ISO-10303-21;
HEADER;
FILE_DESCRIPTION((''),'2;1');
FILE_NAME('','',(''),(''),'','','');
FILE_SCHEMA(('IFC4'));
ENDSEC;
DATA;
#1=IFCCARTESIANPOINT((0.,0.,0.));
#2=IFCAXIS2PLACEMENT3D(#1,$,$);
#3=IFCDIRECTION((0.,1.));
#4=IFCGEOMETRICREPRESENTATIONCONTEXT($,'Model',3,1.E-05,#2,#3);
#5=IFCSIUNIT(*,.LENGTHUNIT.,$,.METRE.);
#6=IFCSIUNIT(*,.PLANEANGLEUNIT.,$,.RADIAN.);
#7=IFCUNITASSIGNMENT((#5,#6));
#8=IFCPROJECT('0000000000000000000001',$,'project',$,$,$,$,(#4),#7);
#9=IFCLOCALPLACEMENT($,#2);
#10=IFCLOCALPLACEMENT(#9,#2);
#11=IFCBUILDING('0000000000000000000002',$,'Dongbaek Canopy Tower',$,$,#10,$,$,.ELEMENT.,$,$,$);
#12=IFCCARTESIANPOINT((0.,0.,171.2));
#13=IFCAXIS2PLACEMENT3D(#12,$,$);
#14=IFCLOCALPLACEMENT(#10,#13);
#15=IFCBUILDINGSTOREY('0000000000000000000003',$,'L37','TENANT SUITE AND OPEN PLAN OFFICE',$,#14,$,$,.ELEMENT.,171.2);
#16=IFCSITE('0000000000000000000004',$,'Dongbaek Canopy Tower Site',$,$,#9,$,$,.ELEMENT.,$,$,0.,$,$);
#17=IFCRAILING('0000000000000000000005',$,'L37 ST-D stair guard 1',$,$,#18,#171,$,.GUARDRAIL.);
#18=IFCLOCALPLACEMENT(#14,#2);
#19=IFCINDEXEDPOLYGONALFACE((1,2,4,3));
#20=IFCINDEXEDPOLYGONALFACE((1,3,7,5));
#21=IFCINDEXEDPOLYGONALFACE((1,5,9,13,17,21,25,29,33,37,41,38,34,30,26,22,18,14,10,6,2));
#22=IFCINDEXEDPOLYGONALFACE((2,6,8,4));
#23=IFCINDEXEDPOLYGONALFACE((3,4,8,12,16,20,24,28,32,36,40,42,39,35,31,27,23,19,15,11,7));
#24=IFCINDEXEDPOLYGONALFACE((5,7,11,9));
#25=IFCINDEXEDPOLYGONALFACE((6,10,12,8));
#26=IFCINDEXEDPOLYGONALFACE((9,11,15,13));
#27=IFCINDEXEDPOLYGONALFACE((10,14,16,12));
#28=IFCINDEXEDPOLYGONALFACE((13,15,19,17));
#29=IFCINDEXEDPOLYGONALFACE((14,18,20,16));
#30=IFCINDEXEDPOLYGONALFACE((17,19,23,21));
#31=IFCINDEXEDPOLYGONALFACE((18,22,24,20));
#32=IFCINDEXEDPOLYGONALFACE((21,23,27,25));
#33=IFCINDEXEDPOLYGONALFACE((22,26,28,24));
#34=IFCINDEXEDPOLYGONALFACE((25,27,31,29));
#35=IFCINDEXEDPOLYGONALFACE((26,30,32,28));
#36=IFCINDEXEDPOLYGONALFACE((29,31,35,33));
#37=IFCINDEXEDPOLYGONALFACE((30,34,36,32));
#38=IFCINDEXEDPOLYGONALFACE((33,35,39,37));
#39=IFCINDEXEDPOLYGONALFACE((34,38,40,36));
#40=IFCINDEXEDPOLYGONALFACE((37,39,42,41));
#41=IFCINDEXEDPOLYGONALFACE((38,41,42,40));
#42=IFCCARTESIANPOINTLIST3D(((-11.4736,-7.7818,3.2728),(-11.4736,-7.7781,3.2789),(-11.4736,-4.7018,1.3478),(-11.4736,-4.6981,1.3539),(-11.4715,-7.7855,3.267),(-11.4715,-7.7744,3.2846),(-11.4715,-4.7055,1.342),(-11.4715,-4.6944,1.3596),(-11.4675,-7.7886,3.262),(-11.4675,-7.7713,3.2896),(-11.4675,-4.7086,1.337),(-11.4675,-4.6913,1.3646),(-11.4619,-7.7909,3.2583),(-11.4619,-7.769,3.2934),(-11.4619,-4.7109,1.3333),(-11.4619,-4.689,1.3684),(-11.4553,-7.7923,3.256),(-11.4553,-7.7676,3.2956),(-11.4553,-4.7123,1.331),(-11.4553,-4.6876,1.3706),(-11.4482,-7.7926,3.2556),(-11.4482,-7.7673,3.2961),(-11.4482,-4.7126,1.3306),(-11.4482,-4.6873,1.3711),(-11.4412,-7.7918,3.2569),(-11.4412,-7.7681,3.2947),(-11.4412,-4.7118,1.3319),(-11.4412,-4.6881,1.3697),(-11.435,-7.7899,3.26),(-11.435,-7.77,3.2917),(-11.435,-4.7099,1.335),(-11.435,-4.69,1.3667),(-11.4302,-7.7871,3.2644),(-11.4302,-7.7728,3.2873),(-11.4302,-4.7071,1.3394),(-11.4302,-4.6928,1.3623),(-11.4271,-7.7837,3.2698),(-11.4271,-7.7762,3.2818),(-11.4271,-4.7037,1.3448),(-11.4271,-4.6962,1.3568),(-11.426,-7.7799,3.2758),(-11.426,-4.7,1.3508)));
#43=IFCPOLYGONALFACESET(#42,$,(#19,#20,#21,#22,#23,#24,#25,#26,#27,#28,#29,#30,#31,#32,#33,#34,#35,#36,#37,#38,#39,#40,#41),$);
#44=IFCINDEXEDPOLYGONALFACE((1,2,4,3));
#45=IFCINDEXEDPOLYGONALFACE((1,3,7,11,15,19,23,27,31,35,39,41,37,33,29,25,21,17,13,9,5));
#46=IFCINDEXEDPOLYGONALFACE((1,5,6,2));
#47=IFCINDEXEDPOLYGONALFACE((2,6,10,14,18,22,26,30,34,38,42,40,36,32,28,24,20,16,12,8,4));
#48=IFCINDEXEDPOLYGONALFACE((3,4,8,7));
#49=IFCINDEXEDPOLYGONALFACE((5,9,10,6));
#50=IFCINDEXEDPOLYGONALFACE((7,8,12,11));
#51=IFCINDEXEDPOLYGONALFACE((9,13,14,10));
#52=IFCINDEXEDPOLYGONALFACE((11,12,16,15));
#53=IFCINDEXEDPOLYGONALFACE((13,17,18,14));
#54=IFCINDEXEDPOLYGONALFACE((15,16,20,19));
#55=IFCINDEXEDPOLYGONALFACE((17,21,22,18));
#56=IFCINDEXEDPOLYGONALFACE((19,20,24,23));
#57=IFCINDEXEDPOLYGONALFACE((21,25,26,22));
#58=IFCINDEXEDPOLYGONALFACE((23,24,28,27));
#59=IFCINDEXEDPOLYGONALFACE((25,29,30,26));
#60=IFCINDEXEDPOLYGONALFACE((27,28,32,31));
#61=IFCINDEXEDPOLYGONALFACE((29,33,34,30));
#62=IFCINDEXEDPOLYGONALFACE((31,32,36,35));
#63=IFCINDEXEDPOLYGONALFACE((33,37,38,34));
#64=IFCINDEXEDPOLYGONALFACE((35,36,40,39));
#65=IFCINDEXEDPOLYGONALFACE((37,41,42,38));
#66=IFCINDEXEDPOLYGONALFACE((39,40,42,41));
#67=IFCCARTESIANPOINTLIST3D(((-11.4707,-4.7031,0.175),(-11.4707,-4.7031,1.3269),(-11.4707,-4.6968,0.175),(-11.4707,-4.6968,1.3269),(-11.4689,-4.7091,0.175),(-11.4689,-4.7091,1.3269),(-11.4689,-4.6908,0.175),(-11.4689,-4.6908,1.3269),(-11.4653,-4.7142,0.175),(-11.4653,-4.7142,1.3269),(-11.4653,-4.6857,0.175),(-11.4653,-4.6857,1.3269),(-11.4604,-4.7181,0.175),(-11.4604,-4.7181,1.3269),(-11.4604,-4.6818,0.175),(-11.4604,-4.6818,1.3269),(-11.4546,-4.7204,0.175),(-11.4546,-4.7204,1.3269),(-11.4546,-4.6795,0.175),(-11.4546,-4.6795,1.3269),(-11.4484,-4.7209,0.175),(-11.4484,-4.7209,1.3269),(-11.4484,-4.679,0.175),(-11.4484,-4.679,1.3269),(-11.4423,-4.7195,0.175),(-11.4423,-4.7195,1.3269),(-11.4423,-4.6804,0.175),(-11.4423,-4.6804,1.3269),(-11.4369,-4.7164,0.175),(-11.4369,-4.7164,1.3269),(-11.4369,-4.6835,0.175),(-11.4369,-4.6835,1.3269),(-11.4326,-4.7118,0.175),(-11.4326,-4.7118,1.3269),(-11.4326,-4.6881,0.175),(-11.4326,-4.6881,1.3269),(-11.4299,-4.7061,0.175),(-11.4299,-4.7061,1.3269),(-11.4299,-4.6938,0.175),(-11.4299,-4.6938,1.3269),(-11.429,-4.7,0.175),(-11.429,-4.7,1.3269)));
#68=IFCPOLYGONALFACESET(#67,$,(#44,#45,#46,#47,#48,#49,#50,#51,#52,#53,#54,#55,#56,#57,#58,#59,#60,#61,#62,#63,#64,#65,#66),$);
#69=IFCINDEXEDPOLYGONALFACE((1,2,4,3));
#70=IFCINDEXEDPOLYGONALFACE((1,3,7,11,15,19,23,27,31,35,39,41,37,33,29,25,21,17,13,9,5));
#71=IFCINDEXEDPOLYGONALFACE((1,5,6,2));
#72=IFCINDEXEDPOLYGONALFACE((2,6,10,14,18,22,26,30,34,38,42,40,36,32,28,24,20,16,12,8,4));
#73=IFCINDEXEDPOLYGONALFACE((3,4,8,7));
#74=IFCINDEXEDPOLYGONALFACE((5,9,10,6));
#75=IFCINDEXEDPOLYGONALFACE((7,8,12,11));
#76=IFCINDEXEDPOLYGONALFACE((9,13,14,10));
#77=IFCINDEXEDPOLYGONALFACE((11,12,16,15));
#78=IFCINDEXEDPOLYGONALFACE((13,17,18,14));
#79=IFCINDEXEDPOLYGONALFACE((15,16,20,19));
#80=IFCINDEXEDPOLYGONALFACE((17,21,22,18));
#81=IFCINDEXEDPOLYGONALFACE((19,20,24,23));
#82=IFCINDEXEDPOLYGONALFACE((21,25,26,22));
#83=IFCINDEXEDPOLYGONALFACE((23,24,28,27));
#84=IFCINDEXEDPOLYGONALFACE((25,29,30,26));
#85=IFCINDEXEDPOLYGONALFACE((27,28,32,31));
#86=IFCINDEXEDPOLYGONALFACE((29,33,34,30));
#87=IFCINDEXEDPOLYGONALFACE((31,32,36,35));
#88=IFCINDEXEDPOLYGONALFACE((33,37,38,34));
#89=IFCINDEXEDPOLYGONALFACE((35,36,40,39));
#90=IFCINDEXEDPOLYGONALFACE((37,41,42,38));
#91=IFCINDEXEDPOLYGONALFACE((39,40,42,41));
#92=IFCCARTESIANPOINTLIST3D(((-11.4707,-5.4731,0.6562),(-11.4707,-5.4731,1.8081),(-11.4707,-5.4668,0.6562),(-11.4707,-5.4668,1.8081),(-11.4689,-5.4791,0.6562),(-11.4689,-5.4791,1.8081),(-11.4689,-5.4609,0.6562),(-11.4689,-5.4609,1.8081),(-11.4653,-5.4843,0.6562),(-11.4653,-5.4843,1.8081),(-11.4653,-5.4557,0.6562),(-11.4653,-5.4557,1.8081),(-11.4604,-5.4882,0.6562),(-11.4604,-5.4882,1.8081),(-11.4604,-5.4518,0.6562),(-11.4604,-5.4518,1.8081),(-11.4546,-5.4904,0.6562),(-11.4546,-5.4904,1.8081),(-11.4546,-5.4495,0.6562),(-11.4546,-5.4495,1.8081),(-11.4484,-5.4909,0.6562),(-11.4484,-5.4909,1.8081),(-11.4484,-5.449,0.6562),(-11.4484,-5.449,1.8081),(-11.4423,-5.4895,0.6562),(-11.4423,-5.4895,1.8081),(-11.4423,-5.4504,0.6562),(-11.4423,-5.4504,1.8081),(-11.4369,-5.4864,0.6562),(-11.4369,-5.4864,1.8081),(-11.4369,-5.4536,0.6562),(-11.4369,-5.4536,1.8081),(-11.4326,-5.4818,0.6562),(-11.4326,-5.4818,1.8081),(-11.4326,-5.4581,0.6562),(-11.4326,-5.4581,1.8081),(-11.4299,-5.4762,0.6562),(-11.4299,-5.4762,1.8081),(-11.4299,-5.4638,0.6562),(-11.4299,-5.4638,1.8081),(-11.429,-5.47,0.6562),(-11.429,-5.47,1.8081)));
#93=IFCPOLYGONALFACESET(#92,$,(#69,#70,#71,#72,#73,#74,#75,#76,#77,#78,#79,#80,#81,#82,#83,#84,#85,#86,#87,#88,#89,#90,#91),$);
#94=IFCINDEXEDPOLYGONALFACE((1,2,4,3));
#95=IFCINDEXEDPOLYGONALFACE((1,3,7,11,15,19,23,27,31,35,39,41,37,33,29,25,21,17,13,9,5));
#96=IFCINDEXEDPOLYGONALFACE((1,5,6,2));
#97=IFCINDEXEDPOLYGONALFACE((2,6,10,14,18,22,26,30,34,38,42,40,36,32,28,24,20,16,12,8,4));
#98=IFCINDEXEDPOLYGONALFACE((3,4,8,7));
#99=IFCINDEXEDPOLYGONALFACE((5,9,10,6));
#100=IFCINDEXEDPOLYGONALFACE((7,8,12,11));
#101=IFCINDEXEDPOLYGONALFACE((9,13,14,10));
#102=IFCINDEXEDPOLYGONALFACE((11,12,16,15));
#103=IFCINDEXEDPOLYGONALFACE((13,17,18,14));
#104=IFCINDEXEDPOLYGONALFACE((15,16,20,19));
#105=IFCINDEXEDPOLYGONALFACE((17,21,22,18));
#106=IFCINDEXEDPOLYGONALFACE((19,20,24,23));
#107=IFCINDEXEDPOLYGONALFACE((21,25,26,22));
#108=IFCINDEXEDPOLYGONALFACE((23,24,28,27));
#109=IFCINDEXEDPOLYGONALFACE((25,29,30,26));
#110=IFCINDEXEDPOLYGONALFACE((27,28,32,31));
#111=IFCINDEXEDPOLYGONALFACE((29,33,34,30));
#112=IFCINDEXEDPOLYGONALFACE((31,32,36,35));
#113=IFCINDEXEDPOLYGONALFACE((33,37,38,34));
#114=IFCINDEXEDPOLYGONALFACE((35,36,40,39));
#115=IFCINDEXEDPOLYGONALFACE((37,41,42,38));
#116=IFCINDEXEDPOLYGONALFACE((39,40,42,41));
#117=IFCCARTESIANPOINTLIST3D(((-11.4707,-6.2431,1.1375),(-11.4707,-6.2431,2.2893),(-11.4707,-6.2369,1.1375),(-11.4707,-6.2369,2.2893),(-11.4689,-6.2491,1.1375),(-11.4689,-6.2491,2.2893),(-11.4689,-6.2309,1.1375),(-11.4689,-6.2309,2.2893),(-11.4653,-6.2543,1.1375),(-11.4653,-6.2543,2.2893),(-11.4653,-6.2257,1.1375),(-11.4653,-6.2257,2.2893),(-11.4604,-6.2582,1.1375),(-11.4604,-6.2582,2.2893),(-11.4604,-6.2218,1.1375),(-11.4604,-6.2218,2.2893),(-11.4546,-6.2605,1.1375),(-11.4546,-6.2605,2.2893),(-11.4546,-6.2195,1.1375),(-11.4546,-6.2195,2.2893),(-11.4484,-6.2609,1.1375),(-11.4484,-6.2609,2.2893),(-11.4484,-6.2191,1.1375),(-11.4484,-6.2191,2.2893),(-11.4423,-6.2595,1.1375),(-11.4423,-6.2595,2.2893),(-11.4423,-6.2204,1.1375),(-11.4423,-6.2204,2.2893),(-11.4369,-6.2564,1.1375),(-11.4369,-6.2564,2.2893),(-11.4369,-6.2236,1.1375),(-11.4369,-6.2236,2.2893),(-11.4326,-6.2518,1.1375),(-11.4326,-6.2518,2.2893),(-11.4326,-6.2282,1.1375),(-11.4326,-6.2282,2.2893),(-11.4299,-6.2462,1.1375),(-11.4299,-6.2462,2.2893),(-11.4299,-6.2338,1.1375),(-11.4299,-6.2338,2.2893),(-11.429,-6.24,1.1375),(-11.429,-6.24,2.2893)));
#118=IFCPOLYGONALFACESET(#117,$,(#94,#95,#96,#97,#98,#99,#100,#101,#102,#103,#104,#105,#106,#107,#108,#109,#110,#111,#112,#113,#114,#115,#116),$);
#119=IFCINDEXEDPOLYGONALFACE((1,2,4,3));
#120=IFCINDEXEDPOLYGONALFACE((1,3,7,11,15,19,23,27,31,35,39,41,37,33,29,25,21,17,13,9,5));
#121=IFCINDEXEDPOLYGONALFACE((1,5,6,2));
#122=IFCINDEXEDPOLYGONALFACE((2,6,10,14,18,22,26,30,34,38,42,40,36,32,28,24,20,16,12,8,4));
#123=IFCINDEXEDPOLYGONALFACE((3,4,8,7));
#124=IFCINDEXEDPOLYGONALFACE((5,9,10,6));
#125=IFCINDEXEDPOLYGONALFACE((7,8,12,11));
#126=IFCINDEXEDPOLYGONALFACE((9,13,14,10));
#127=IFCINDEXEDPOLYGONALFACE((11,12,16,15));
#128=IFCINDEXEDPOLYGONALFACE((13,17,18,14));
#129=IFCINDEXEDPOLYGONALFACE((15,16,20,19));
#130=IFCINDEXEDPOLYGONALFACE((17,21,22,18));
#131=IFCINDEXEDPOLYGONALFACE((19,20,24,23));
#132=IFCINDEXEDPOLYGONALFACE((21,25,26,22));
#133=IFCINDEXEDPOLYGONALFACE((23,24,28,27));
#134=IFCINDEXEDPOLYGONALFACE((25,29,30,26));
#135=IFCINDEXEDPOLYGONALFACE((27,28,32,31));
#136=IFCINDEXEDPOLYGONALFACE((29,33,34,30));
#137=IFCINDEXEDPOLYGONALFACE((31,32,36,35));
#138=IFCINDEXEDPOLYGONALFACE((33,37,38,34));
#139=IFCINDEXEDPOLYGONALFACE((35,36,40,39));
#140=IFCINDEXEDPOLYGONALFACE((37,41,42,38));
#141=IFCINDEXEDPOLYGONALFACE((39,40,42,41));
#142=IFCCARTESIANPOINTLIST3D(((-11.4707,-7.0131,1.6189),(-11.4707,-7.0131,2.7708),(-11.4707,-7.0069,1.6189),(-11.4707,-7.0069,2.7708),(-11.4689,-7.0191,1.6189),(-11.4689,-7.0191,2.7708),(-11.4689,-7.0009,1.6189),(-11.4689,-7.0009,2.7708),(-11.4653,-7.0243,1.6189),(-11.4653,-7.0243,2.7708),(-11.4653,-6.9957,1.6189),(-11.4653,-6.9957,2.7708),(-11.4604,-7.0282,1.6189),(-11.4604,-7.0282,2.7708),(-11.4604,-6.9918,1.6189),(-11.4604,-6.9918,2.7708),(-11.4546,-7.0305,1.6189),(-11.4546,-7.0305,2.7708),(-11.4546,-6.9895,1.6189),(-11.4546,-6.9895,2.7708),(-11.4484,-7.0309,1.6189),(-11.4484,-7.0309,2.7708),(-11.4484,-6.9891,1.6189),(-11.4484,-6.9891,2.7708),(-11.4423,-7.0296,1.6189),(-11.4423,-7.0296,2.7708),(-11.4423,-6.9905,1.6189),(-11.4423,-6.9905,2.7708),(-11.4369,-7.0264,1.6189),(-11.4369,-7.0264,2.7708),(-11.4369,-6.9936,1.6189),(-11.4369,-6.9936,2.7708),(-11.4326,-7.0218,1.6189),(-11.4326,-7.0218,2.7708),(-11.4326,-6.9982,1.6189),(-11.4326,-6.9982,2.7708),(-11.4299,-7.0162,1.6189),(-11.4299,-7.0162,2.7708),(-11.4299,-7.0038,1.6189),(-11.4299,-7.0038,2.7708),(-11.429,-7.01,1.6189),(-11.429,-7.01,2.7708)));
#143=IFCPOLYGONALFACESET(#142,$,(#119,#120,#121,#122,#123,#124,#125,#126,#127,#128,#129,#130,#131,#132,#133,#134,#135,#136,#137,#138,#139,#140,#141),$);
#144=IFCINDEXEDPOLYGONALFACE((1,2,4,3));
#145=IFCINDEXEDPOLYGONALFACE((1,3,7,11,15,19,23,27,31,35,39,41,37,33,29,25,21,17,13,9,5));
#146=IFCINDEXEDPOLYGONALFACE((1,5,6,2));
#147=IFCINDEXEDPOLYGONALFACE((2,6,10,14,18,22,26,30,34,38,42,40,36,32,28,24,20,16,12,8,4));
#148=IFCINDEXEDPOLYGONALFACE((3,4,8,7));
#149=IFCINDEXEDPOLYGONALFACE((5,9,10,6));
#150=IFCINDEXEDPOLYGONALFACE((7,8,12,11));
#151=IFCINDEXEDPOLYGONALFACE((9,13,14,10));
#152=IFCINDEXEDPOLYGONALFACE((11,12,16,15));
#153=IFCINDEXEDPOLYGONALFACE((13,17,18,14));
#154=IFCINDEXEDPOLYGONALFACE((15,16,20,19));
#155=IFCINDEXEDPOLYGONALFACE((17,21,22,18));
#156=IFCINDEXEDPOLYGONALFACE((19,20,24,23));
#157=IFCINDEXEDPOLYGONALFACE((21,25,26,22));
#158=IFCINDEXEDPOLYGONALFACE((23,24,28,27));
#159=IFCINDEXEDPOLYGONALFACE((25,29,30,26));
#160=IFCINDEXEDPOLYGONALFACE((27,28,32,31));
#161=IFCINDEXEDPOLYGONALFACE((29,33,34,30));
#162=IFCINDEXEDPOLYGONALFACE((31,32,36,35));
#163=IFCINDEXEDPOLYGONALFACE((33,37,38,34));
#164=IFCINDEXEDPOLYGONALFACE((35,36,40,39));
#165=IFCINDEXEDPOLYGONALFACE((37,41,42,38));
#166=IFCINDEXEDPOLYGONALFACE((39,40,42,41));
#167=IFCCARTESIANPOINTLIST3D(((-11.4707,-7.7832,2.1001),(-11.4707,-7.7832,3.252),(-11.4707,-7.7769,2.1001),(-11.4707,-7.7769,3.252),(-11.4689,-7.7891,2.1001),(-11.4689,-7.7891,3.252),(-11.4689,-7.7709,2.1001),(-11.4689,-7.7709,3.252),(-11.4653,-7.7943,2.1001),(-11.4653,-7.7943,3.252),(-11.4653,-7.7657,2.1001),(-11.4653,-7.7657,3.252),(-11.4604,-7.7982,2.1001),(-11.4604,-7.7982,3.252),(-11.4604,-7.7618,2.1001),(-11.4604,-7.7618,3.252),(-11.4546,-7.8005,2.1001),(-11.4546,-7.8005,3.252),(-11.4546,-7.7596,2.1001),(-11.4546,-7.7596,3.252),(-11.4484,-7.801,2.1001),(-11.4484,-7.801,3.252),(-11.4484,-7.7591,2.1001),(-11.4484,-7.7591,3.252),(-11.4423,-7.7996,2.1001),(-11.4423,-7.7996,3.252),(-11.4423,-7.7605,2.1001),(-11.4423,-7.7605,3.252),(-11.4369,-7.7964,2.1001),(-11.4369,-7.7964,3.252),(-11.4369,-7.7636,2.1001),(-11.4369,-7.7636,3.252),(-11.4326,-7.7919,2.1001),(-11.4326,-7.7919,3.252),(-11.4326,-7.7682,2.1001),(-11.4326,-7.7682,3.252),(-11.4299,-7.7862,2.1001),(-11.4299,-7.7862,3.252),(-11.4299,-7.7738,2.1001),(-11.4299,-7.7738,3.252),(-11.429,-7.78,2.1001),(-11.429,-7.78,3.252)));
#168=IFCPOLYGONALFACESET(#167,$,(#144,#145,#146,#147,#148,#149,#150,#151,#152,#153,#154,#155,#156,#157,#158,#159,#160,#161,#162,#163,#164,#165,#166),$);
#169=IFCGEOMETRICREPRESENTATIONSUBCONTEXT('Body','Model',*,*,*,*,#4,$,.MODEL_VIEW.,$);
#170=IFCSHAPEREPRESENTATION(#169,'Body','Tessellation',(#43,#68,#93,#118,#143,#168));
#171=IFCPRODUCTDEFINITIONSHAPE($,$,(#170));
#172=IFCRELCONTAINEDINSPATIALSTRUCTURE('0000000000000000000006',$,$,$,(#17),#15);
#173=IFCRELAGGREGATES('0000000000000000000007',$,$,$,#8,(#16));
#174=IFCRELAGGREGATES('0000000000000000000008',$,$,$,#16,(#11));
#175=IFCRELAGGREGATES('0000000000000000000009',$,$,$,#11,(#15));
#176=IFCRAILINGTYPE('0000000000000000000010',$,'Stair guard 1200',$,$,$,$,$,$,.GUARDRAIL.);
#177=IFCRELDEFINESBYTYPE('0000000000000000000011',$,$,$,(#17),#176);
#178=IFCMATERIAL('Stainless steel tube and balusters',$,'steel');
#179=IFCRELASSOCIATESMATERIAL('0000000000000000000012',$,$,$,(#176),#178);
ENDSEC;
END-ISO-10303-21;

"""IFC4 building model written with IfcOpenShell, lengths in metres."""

from ifc_helpers import new_model, si_unit, direction, frame, origin, origin_2d, place, context, subcontext, project, spatial, circle, extrude, material, type_object, element, save


model = new_model("IFC4")

# Units and contexts
model_context = context("Model", 3, precision=1e-05, world=origin(), true_north=direction((0.0, 1.0)))
body_context = subcontext(model_context, "Body", "Model", "MODEL_VIEW")
ifc_project = project(units=[si_unit("LENGTHUNIT", "METRE"), si_unit("PLANEANGLEUNIT", "RADIAN")], contexts=[model_context])

# Site, building, storey
site_placement = place(None, origin())
site = spatial("IfcSite", under=ifc_project, at=site_placement, Name="Dongbaek Canopy Tower Site", CompositionType="ELEMENT", RefElevation=0.0)
building_placement = place(site_placement, origin())
building = spatial("IfcBuilding", under=site, at=building_placement, Name="Dongbaek Canopy Tower", CompositionType="ELEMENT")
storey_placement = place(building_placement, frame((0.0, 0.0, 171.2)))
storey = spatial("IfcBuildingStorey", under=building, at=storey_placement, Name="L37", Description="TENANT SUITE AND OPEN PLAN OFFICE", CompositionType="ELEMENT", Elevation=171.2)

# Railing
ifc_material_1 = material(Name="Stainless steel tube and balusters", Category="steel")
railing_type_1 = type_object("IfcRailingType", Name="Stair guard 1200", PredefinedType="GUARDRAIL", material=ifc_material_1)
railing_1_placement = place(storey_placement, frame((-11.45, -4.7, 0.175)))
element("IfcRailing", 1, at=railing_1_placement, inside=storey, type_object=railing_type_1, Name="L37 ST-D stair guard 1", PredefinedType="GUARDRAIL", context=body_context, shape_type="SweptSolid", body=[
    extrude(circle(Radius=0.0239, at=origin_2d()), frame((0.0, 0.0, 1.1758), z_axis=(0.0, -0.847998, 0.529999), x_axis=(1.0, 0.0, 0.0)), (0.0, 0.0, 1.0), 3.6321),
    extrude(circle(Radius=0.021, at=origin_2d()), origin(), (0.0, 0.0, 1.0), 1.1519),
    extrude(circle(Radius=0.021, at=origin_2d()), frame((0.0, -0.77, 0.4812)), (0.0, 0.0, 1.0), 1.1519),
    extrude(circle(Radius=0.021, at=origin_2d()), frame((0.0, -1.54, 0.9624)), (0.0, 0.0, 1.0), 1.1519),
    extrude(circle(Radius=0.021, at=origin_2d()), frame((0.0, -2.3101, 1.4438)), (0.0, 0.0, 1.0), 1.1519),
    extrude(circle(Radius=0.021, at=origin_2d()), frame((0.0, -3.0801, 1.925)), (0.0, 0.0, 1.0), 1.1519),
])

save(model, "model.ifc")
